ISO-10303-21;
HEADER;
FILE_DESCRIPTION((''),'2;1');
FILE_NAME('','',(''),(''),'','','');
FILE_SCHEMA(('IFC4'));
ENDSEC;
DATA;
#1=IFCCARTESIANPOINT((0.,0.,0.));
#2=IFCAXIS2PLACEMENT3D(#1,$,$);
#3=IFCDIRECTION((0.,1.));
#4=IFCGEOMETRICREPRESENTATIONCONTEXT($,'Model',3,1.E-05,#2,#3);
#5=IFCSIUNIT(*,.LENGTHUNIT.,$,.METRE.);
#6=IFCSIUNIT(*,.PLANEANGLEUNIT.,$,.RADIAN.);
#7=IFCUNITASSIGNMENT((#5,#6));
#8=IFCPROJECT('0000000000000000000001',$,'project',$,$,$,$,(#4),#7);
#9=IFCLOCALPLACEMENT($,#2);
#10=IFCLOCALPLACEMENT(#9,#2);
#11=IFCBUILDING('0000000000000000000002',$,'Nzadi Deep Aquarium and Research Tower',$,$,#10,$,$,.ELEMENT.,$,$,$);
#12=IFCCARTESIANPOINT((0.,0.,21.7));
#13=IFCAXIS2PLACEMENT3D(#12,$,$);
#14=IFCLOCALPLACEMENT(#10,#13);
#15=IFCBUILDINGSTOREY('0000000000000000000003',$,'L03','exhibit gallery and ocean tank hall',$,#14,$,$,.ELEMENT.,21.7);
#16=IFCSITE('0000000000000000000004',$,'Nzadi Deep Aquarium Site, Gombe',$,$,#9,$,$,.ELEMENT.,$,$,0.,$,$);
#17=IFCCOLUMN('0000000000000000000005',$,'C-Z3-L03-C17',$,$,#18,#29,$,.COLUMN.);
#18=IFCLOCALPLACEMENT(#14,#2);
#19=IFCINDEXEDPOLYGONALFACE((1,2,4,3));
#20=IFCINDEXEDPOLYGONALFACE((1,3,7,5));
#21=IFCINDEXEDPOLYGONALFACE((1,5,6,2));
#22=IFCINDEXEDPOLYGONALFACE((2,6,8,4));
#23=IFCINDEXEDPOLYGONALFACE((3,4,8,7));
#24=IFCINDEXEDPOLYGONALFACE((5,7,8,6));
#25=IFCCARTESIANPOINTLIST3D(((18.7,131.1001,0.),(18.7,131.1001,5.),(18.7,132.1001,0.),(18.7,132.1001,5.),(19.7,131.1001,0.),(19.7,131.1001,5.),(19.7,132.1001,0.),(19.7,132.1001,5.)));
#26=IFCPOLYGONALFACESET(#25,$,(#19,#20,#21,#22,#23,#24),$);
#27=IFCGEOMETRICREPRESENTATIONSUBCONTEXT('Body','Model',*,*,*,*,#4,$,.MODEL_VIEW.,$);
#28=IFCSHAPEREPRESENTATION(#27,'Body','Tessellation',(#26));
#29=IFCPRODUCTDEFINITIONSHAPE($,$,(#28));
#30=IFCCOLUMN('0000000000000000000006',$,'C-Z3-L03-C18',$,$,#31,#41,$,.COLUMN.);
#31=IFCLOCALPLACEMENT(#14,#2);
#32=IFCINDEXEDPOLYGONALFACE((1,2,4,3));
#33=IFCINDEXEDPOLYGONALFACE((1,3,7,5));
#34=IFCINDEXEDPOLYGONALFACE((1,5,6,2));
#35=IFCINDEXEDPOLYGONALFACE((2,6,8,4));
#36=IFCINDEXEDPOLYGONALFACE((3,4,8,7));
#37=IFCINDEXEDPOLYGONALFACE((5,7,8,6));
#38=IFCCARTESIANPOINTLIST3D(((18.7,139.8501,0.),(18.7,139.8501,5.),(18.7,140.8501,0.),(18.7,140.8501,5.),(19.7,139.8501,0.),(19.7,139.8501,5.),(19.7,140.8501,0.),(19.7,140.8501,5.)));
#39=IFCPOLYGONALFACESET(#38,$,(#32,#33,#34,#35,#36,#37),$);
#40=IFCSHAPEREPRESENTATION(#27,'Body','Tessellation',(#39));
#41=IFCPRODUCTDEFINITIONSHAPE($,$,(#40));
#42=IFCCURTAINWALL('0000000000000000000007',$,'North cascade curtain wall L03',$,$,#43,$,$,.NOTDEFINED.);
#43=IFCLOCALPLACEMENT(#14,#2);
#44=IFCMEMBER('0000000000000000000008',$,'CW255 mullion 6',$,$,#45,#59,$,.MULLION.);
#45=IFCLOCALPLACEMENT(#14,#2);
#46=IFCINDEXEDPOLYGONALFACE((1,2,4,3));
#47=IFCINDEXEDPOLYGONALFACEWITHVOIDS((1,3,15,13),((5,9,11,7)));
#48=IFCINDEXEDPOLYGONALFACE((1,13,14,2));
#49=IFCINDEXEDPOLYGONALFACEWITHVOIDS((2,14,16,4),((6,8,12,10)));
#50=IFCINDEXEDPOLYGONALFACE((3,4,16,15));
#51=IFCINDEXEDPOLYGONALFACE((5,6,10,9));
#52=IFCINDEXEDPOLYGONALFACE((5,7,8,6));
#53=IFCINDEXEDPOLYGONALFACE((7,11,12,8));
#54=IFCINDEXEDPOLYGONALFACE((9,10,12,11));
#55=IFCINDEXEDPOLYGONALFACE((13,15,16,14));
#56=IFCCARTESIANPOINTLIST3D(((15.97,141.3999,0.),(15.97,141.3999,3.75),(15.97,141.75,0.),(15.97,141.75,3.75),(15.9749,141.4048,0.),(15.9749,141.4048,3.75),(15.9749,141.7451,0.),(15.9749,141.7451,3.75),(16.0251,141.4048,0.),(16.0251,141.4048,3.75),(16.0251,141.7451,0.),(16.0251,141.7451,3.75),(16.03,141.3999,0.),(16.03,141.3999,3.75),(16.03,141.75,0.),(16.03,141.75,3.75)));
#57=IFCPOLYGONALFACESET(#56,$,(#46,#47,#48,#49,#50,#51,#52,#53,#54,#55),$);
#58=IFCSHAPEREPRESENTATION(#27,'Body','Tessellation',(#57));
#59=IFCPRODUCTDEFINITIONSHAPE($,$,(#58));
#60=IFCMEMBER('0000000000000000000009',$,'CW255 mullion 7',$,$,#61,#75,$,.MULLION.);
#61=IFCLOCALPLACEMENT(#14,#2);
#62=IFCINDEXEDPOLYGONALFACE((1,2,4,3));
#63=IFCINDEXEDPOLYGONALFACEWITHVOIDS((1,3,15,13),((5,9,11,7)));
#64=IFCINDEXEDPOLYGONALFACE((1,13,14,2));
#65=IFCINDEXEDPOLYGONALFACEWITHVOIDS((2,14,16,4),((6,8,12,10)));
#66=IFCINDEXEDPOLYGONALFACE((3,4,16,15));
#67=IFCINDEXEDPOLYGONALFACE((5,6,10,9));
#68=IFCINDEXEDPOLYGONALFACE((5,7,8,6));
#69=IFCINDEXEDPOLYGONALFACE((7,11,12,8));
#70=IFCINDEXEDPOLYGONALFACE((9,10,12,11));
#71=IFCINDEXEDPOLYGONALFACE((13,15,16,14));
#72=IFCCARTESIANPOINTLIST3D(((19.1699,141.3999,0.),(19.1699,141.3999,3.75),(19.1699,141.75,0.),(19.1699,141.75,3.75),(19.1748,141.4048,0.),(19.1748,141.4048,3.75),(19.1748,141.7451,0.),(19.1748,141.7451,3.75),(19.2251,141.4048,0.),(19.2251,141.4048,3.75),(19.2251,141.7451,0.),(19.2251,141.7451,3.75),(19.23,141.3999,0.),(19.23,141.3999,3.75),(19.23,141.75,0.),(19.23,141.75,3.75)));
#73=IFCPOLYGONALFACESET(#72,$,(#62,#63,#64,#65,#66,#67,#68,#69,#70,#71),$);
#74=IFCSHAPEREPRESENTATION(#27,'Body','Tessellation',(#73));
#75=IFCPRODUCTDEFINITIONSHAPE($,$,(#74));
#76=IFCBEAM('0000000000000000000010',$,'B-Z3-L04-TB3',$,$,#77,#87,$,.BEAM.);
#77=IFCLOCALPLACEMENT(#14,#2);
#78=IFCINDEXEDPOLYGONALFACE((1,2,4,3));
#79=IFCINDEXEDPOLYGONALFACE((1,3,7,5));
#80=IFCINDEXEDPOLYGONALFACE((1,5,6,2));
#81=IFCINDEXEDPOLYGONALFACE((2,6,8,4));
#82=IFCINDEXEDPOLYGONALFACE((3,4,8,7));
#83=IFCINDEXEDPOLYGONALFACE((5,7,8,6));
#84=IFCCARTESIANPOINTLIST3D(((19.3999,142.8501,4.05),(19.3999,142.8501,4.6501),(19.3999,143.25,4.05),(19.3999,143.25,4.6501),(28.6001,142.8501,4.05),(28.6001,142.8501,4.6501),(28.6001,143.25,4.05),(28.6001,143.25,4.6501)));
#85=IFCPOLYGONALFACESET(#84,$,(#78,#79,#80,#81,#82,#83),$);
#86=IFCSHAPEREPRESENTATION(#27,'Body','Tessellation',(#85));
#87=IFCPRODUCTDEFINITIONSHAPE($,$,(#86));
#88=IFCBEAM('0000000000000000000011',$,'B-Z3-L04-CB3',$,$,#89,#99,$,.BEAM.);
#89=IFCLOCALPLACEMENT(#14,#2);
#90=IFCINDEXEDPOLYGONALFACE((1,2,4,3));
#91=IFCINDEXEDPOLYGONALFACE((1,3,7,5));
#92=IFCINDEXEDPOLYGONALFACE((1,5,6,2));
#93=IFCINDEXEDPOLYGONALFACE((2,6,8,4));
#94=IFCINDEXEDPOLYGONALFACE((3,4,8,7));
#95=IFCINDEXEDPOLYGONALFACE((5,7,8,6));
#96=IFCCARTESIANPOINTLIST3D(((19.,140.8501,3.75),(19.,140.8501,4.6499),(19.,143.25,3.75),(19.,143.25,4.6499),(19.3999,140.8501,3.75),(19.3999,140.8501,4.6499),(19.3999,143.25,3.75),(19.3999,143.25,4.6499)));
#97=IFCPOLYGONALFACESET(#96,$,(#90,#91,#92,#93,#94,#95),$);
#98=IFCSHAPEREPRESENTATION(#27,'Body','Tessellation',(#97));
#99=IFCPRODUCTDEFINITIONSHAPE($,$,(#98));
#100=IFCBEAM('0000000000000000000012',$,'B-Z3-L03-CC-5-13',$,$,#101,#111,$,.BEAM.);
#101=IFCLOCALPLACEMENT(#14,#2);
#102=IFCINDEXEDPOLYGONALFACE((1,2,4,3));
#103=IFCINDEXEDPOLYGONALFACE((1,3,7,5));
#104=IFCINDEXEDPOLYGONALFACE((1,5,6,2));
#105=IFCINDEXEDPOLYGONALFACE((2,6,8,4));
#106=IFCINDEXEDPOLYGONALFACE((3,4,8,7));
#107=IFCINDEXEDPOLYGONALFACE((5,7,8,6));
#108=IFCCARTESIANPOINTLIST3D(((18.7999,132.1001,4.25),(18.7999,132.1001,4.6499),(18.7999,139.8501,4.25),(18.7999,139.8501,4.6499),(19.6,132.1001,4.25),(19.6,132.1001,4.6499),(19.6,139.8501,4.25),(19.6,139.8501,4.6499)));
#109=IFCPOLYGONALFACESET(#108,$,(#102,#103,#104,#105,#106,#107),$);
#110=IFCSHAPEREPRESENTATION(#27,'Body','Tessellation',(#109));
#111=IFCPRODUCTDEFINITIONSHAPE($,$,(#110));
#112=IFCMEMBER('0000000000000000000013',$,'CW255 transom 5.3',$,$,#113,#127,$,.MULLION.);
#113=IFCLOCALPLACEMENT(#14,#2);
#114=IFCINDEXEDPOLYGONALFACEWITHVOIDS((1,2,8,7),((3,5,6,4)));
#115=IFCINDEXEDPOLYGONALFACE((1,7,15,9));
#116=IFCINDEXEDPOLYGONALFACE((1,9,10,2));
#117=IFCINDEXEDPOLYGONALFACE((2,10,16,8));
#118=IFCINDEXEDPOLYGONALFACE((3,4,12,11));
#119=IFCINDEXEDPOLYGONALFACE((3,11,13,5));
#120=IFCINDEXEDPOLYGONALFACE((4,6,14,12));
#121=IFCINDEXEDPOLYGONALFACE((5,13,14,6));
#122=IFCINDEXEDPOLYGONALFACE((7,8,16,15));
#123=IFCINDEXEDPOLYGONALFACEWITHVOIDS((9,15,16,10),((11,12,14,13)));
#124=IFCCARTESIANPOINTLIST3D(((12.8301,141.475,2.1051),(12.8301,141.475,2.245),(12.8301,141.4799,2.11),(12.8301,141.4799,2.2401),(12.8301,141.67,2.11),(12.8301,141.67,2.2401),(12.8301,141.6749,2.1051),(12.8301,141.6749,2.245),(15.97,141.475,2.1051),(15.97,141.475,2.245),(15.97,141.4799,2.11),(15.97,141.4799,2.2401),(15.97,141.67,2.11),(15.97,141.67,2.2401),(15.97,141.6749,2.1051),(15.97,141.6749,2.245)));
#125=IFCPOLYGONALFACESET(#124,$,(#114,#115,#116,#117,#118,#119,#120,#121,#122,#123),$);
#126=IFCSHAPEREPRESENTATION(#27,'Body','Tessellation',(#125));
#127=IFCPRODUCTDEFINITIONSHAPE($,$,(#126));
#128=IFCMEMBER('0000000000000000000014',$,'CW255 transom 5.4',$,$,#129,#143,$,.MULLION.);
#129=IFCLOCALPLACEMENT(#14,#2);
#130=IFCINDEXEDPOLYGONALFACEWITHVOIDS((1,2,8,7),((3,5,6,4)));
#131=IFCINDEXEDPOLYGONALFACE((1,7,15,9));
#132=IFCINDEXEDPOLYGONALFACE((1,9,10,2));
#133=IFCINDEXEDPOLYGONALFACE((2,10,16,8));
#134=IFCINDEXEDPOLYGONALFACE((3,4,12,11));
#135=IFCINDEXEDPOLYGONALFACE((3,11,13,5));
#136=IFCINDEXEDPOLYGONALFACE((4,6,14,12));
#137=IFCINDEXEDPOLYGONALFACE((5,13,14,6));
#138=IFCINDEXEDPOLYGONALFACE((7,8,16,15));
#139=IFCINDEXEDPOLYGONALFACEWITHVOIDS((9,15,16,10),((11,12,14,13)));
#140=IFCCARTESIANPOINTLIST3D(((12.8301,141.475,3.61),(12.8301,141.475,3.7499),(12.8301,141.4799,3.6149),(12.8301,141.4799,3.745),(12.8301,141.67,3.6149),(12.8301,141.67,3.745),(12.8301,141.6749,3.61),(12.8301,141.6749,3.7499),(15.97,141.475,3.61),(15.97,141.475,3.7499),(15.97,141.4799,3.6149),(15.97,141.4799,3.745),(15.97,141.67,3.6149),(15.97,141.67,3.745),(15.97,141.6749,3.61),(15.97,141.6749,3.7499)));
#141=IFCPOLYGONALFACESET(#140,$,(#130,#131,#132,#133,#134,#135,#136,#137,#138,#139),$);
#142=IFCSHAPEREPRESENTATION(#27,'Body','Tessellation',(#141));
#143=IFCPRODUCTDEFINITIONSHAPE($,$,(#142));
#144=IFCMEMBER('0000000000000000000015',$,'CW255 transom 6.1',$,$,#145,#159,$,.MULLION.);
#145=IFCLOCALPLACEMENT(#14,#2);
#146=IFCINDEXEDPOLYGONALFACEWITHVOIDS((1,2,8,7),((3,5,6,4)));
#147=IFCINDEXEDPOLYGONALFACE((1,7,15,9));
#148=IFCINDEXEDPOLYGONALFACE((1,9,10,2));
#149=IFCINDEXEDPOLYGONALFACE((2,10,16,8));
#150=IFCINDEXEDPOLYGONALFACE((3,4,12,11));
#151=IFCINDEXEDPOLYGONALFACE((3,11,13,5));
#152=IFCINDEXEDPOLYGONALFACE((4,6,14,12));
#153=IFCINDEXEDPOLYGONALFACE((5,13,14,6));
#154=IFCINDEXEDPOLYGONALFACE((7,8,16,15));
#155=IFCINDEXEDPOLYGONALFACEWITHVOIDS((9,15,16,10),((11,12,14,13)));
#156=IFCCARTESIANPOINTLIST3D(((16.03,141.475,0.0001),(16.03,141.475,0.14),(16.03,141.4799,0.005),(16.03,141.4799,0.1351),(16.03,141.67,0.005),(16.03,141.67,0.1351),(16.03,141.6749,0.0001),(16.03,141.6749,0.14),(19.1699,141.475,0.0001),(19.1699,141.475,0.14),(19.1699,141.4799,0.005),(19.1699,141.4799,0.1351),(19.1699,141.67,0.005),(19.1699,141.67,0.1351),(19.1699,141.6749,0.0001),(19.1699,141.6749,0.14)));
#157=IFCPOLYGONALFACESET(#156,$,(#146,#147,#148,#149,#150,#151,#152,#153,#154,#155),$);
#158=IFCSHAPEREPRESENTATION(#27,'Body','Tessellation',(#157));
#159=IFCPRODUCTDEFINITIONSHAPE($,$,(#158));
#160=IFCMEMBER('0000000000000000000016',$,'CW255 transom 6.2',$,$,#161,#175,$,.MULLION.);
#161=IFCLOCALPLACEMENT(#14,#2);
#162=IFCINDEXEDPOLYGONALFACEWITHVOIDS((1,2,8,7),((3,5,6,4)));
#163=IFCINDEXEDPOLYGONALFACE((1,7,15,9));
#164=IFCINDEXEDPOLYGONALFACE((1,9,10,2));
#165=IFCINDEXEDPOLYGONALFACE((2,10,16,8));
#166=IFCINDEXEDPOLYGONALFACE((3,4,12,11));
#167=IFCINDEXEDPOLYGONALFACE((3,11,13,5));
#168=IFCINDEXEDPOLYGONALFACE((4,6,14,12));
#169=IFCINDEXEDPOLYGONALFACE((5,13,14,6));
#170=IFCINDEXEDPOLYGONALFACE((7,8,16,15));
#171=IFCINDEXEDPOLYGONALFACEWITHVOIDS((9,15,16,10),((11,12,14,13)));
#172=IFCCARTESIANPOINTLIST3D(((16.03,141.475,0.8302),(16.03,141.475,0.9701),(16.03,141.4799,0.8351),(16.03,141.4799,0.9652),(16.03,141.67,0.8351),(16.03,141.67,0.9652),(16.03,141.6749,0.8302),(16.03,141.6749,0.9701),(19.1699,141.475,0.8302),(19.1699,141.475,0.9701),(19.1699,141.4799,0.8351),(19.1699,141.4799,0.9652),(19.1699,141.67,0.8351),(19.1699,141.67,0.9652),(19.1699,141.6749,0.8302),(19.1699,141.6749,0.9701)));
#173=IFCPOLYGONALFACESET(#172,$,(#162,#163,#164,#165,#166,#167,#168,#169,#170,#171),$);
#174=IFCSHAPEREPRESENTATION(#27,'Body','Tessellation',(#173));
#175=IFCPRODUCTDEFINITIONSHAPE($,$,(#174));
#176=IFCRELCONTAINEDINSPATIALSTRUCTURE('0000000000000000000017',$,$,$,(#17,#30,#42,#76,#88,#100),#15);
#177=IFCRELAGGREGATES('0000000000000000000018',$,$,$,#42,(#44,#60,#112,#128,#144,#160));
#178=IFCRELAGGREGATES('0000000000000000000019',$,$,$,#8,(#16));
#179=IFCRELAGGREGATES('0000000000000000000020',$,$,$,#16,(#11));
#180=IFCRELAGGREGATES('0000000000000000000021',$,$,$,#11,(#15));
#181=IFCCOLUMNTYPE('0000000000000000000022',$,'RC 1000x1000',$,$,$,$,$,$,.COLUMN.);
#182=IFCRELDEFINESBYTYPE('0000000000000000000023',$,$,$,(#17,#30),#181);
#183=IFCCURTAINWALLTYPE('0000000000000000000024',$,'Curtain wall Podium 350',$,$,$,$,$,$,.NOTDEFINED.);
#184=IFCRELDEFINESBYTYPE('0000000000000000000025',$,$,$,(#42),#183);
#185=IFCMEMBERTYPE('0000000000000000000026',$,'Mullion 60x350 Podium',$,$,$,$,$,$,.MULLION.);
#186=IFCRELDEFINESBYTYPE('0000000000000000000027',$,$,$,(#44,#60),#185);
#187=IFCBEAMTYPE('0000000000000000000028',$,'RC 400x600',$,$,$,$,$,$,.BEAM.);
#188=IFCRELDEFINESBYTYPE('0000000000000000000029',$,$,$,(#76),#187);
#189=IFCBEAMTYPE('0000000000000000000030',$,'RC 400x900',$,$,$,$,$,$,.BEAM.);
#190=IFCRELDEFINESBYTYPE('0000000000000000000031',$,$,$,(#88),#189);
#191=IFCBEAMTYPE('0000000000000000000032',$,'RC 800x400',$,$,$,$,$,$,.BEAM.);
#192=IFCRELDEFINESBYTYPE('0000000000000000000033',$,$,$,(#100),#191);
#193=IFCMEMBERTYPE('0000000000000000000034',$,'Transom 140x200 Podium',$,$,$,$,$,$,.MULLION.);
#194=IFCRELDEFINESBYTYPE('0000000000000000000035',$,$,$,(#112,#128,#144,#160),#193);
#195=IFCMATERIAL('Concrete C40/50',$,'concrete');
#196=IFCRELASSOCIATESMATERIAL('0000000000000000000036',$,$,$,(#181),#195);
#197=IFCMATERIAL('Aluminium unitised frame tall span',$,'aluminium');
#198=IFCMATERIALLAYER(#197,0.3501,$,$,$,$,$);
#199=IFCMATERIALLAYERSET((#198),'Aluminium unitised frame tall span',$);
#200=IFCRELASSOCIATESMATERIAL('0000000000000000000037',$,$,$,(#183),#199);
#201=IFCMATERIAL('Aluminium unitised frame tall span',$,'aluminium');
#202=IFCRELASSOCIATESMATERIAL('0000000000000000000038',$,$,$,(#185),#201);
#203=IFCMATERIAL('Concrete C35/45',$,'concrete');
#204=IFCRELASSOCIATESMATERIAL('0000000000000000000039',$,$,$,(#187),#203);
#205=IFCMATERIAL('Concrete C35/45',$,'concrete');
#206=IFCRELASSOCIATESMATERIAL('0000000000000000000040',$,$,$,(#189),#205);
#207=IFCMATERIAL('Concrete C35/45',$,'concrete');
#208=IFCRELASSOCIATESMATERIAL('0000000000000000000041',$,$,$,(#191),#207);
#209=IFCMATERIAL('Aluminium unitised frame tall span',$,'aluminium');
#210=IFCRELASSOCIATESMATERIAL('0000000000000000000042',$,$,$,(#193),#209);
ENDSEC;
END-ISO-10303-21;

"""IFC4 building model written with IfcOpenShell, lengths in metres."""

from ifc_helpers import new_model, si_unit, direction, frame, origin, origin_2d, place, context, subcontext, project, spatial, rectangle, hollow_rectangle, extrude, material, layer, layer_set, material_profile, profile_set, type_object, element, aggregate, save


model = new_model("IFC4")

# Units and contexts
model_context = context("Model", 3, precision=1e-05, world=origin(), true_north=direction((0.0, 1.0)))
body_context = subcontext(model_context, "Body", "Model", "MODEL_VIEW")
ifc_project = project(units=[si_unit("LENGTHUNIT", "METRE"), si_unit("PLANEANGLEUNIT", "RADIAN")], contexts=[model_context])

# Site, building, storey
site_placement = place(None, origin())
site = spatial("IfcSite", under=ifc_project, at=site_placement, Name="Nzadi Deep Aquarium Site, Gombe", CompositionType="ELEMENT", RefElevation=0.0)
building_placement = place(site_placement, origin())
building = spatial("IfcBuilding", under=site, at=building_placement, Name="Nzadi Deep Aquarium and Research Tower", CompositionType="ELEMENT")
storey_placement = place(building_placement, frame((0.0, 0.0, 21.7)))
storey = spatial("IfcBuildingStorey", under=building, at=storey_placement, Name="L03", Description="exhibit gallery and ocean tank hall", CompositionType="ELEMENT", Elevation=21.7)

# Columns
ifc_material_1 = material(Name="Concrete C40/50", Category="concrete")
ifc_material_profile_1 = material_profile(ifc_material_1, rectangle(XDim=1.0, YDim=1.0, at=origin_2d()))
ifc_profile_set_1 = profile_set([ifc_material_profile_1], Name="Concrete C40/50")
column_type = type_object("IfcColumnType", Name="RC 1000x1000", PredefinedType="COLUMN", material=ifc_profile_set_1)
for number, where, z_axis, x_axis, name in (
    (1, (19.2, 131.6001, 0.0), (0.0, 0.0, 1.0), (1.0, 0.0, 0.0), "C-Z3-L03-C17"),
    (2, (19.2, 140.3501, 0.0), (0.0, 0.0, 1.0), (1.0, 0.0, 0.0), "C-Z3-L03-C18"),
):
    element("IfcColumn", number, at=place(storey_placement, frame(where, z_axis=z_axis, x_axis=x_axis)), inside=storey, type_object=column_type, Name=name, PredefinedType="COLUMN", context=body_context, shape_type="SweptSolid", body=[
        extrude(rectangle(XDim=1.0, YDim=1.0, at=origin_2d()), origin(), (0.0, 0.0, 1.0), 5.0),
    ])

# Curtain wall, members
ifc_material_2 = material(Name="Aluminium unitised frame tall span", Category="aluminium")
ifc_layer_1 = layer(ifc_material_2, 0.3501)
ifc_layer_set_1 = layer_set([ifc_layer_1], Name="Aluminium unitised frame tall span")
curtain_wall_type = type_object("IfcCurtainWallType", Name="Curtain wall Podium 350", PredefinedType="NOTDEFINED", material=ifc_layer_set_1)
curtain_wall_placement = place(storey_placement, origin())
curtain_wall = element("IfcCurtainWall", 3, at=curtain_wall_placement, inside=storey, type_object=curtain_wall_type, Name="North cascade curtain wall L03", PredefinedType="NOTDEFINED")
ifc_material_3 = material(Name="Aluminium unitised frame tall span", Category="aluminium")
ifc_material_profile_2 = material_profile(ifc_material_3, hollow_rectangle(XDim=0.3501, YDim=0.0601, WallThickness=0.0049, at=origin_2d()))
ifc_profile_set_2 = profile_set([ifc_material_profile_2], Name="Aluminium unitised frame tall span")
member_type_1 = type_object("IfcMemberType", Name="Mullion 60x350 Podium", PredefinedType="MULLION", material=ifc_profile_set_2)
member_1_placement = place(storey_placement, frame((16.0, 141.575, 0.0), z_axis=(0.0, 0.0, 1.0), x_axis=(0.0, 1.0, 0.0)))
member_1 = element("IfcMember", 4, at=member_1_placement, type_object=member_type_1, Name="CW255 mullion 6", PredefinedType="MULLION", context=body_context, shape_type="SweptSolid", body=[
    extrude(hollow_rectangle(XDim=0.3501, YDim=0.0601, WallThickness=0.0049, at=origin_2d()), origin(), (0.0, 0.0, 1.0), 3.75),
])
member_2_placement = place(storey_placement, frame((19.2, 141.575, 0.0), z_axis=(0.0, 0.0, 1.0), x_axis=(0.0, 1.0, 0.0)))
member_2 = element("IfcMember", 5, at=member_2_placement, type_object=member_type_1, Name="CW255 mullion 7", PredefinedType="MULLION", context=body_context, shape_type="SweptSolid", body=[
    extrude(hollow_rectangle(XDim=0.3501, YDim=0.0601, WallThickness=0.0049, at=origin_2d()), origin(), (0.0, 0.0, 1.0), 3.75),
])

# Beams
ifc_material_4 = material(Name="Concrete C35/45", Category="concrete")
ifc_material_profile_3 = material_profile(ifc_material_4, rectangle(XDim=0.3999, YDim=0.6001, at=origin_2d()))
ifc_profile_set_3 = profile_set([ifc_material_profile_3], Name="Concrete C35/45")
beam_type_1 = type_object("IfcBeamType", Name="RC 400x600", PredefinedType="BEAM", material=ifc_profile_set_3)
beam_1_placement = place(storey_placement, frame((19.3999, 143.05, 4.3501), z_axis=(1.0, 0.0, 0.0), x_axis=(0.0, 1.0, 0.0)))
element("IfcBeam", 6, at=beam_1_placement, inside=storey, type_object=beam_type_1, Name="B-Z3-L04-TB3", PredefinedType="BEAM", context=body_context, shape_type="SweptSolid", body=[
    extrude(rectangle(XDim=0.3999, YDim=0.6001, at=origin_2d()), origin(), (0.0, 0.0, 1.0), 9.2002),
])
ifc_material_5 = material(Name="Concrete C35/45", Category="concrete")
ifc_material_profile_4 = material_profile(ifc_material_5, rectangle(XDim=0.3999, YDim=0.8999, at=origin_2d()))
ifc_profile_set_4 = profile_set([ifc_material_profile_4], Name="Concrete C35/45")
beam_type_2 = type_object("IfcBeamType", Name="RC 400x900", PredefinedType="BEAM", material=ifc_profile_set_4)
beam_2_placement = place(storey_placement, frame((19.2, 140.8501, 4.2), z_axis=(0.0, 1.0, 0.0), x_axis=(-1.0, 0.0, 0.0)))
element("IfcBeam", 7, at=beam_2_placement, inside=storey, type_object=beam_type_2, Name="B-Z3-L04-CB3", PredefinedType="BEAM", context=body_context, shape_type="SweptSolid", body=[
    extrude(rectangle(XDim=0.3999, YDim=0.8999, at=origin_2d()), origin(), (0.0, 0.0, 1.0), 2.3999),
])
ifc_material_6 = material(Name="Concrete C35/45", Category="concrete")
ifc_material_profile_5 = material_profile(ifc_material_6, rectangle(XDim=0.8, YDim=0.3999, at=origin_2d()))
ifc_profile_set_5 = profile_set([ifc_material_profile_5], Name="Concrete C35/45")
beam_type_3 = type_object("IfcBeamType", Name="RC 800x400", PredefinedType="BEAM", material=ifc_profile_set_5)
beam_3_placement = place(storey_placement, frame((19.2, 132.1001, 4.45), z_axis=(0.0, 1.0, 0.0), x_axis=(-1.0, 0.0, 0.0)))
element("IfcBeam", 8, at=beam_3_placement, inside=storey, type_object=beam_type_3, Name="B-Z3-L03-CC-5-13", PredefinedType="BEAM", context=body_context, shape_type="SweptSolid", body=[
    extrude(rectangle(XDim=0.8, YDim=0.3999, at=origin_2d()), origin(), (0.0, 0.0, 1.0), 7.75),
])

# Members
ifc_material_7 = material(Name="Aluminium unitised frame tall span", Category="aluminium")
ifc_material_profile_6 = material_profile(ifc_material_7, hollow_rectangle(XDim=0.2, YDim=0.1399, WallThickness=0.0049, at=origin_2d()))
ifc_profile_set_6 = profile_set([ifc_material_profile_6], Name="Aluminium unitised frame tall span")
member_type_2 = type_object("IfcMemberType", Name="Transom 140x200 Podium", PredefinedType="MULLION", material=ifc_profile_set_6)
member_3_placement = place(storey_placement, frame((12.8301, 141.575, 2.175), z_axis=(1.0, 0.0, 0.0), x_axis=(0.0, 1.0, 0.0)))
member_3 = element("IfcMember", 9, at=member_3_placement, type_object=member_type_2, Name="CW255 transom 5.3", PredefinedType="MULLION", context=body_context, shape_type="SweptSolid", body=[
    extrude(hollow_rectangle(XDim=0.2, YDim=0.1399, WallThickness=0.0049, at=origin_2d()), origin(), (0.0, 0.0, 1.0), 3.1399),
])
member_4_placement = place(storey_placement, frame((12.8301, 141.575, 3.6799), z_axis=(1.0, 0.0, 0.0), x_axis=(0.0, 1.0, 0.0)))
member_4 = element("IfcMember", 10, at=member_4_placement, type_object=member_type_2, Name="CW255 transom 5.4", PredefinedType="MULLION", context=body_context, shape_type="SweptSolid", body=[
    extrude(hollow_rectangle(XDim=0.2, YDim=0.1399, WallThickness=0.0049, at=origin_2d()), origin(), (0.0, 0.0, 1.0), 3.1399),
])
member_5_placement = place(storey_placement, frame((16.03, 141.575, 0.0701), z_axis=(1.0, 0.0, 0.0), x_axis=(0.0, 1.0, 0.0)))
member_5 = element("IfcMember", 11, at=member_5_placement, type_object=member_type_2, Name="CW255 transom 6.1", PredefinedType="MULLION", context=body_context, shape_type="SweptSolid", body=[
    extrude(hollow_rectangle(XDim=0.2, YDim=0.1399, WallThickness=0.0049, at=origin_2d()), origin(), (0.0, 0.0, 1.0), 3.1399),
])
member_6_placement = place(storey_placement, frame((16.03, 141.575, 0.9001), z_axis=(1.0, 0.0, 0.0), x_axis=(0.0, 1.0, 0.0)))
member_6 = element("IfcMember", 12, at=member_6_placement, type_object=member_type_2, Name="CW255 transom 6.2", PredefinedType="MULLION", context=body_context, shape_type="SweptSolid", body=[
    extrude(hollow_rectangle(XDim=0.2, YDim=0.1399, WallThickness=0.0049, at=origin_2d()), origin(), (0.0, 0.0, 1.0), 3.1399),
])

aggregate(curtain_wall, [member_1, member_2, member_3, member_4, member_5, member_6])

save(model, "model.ifc")
